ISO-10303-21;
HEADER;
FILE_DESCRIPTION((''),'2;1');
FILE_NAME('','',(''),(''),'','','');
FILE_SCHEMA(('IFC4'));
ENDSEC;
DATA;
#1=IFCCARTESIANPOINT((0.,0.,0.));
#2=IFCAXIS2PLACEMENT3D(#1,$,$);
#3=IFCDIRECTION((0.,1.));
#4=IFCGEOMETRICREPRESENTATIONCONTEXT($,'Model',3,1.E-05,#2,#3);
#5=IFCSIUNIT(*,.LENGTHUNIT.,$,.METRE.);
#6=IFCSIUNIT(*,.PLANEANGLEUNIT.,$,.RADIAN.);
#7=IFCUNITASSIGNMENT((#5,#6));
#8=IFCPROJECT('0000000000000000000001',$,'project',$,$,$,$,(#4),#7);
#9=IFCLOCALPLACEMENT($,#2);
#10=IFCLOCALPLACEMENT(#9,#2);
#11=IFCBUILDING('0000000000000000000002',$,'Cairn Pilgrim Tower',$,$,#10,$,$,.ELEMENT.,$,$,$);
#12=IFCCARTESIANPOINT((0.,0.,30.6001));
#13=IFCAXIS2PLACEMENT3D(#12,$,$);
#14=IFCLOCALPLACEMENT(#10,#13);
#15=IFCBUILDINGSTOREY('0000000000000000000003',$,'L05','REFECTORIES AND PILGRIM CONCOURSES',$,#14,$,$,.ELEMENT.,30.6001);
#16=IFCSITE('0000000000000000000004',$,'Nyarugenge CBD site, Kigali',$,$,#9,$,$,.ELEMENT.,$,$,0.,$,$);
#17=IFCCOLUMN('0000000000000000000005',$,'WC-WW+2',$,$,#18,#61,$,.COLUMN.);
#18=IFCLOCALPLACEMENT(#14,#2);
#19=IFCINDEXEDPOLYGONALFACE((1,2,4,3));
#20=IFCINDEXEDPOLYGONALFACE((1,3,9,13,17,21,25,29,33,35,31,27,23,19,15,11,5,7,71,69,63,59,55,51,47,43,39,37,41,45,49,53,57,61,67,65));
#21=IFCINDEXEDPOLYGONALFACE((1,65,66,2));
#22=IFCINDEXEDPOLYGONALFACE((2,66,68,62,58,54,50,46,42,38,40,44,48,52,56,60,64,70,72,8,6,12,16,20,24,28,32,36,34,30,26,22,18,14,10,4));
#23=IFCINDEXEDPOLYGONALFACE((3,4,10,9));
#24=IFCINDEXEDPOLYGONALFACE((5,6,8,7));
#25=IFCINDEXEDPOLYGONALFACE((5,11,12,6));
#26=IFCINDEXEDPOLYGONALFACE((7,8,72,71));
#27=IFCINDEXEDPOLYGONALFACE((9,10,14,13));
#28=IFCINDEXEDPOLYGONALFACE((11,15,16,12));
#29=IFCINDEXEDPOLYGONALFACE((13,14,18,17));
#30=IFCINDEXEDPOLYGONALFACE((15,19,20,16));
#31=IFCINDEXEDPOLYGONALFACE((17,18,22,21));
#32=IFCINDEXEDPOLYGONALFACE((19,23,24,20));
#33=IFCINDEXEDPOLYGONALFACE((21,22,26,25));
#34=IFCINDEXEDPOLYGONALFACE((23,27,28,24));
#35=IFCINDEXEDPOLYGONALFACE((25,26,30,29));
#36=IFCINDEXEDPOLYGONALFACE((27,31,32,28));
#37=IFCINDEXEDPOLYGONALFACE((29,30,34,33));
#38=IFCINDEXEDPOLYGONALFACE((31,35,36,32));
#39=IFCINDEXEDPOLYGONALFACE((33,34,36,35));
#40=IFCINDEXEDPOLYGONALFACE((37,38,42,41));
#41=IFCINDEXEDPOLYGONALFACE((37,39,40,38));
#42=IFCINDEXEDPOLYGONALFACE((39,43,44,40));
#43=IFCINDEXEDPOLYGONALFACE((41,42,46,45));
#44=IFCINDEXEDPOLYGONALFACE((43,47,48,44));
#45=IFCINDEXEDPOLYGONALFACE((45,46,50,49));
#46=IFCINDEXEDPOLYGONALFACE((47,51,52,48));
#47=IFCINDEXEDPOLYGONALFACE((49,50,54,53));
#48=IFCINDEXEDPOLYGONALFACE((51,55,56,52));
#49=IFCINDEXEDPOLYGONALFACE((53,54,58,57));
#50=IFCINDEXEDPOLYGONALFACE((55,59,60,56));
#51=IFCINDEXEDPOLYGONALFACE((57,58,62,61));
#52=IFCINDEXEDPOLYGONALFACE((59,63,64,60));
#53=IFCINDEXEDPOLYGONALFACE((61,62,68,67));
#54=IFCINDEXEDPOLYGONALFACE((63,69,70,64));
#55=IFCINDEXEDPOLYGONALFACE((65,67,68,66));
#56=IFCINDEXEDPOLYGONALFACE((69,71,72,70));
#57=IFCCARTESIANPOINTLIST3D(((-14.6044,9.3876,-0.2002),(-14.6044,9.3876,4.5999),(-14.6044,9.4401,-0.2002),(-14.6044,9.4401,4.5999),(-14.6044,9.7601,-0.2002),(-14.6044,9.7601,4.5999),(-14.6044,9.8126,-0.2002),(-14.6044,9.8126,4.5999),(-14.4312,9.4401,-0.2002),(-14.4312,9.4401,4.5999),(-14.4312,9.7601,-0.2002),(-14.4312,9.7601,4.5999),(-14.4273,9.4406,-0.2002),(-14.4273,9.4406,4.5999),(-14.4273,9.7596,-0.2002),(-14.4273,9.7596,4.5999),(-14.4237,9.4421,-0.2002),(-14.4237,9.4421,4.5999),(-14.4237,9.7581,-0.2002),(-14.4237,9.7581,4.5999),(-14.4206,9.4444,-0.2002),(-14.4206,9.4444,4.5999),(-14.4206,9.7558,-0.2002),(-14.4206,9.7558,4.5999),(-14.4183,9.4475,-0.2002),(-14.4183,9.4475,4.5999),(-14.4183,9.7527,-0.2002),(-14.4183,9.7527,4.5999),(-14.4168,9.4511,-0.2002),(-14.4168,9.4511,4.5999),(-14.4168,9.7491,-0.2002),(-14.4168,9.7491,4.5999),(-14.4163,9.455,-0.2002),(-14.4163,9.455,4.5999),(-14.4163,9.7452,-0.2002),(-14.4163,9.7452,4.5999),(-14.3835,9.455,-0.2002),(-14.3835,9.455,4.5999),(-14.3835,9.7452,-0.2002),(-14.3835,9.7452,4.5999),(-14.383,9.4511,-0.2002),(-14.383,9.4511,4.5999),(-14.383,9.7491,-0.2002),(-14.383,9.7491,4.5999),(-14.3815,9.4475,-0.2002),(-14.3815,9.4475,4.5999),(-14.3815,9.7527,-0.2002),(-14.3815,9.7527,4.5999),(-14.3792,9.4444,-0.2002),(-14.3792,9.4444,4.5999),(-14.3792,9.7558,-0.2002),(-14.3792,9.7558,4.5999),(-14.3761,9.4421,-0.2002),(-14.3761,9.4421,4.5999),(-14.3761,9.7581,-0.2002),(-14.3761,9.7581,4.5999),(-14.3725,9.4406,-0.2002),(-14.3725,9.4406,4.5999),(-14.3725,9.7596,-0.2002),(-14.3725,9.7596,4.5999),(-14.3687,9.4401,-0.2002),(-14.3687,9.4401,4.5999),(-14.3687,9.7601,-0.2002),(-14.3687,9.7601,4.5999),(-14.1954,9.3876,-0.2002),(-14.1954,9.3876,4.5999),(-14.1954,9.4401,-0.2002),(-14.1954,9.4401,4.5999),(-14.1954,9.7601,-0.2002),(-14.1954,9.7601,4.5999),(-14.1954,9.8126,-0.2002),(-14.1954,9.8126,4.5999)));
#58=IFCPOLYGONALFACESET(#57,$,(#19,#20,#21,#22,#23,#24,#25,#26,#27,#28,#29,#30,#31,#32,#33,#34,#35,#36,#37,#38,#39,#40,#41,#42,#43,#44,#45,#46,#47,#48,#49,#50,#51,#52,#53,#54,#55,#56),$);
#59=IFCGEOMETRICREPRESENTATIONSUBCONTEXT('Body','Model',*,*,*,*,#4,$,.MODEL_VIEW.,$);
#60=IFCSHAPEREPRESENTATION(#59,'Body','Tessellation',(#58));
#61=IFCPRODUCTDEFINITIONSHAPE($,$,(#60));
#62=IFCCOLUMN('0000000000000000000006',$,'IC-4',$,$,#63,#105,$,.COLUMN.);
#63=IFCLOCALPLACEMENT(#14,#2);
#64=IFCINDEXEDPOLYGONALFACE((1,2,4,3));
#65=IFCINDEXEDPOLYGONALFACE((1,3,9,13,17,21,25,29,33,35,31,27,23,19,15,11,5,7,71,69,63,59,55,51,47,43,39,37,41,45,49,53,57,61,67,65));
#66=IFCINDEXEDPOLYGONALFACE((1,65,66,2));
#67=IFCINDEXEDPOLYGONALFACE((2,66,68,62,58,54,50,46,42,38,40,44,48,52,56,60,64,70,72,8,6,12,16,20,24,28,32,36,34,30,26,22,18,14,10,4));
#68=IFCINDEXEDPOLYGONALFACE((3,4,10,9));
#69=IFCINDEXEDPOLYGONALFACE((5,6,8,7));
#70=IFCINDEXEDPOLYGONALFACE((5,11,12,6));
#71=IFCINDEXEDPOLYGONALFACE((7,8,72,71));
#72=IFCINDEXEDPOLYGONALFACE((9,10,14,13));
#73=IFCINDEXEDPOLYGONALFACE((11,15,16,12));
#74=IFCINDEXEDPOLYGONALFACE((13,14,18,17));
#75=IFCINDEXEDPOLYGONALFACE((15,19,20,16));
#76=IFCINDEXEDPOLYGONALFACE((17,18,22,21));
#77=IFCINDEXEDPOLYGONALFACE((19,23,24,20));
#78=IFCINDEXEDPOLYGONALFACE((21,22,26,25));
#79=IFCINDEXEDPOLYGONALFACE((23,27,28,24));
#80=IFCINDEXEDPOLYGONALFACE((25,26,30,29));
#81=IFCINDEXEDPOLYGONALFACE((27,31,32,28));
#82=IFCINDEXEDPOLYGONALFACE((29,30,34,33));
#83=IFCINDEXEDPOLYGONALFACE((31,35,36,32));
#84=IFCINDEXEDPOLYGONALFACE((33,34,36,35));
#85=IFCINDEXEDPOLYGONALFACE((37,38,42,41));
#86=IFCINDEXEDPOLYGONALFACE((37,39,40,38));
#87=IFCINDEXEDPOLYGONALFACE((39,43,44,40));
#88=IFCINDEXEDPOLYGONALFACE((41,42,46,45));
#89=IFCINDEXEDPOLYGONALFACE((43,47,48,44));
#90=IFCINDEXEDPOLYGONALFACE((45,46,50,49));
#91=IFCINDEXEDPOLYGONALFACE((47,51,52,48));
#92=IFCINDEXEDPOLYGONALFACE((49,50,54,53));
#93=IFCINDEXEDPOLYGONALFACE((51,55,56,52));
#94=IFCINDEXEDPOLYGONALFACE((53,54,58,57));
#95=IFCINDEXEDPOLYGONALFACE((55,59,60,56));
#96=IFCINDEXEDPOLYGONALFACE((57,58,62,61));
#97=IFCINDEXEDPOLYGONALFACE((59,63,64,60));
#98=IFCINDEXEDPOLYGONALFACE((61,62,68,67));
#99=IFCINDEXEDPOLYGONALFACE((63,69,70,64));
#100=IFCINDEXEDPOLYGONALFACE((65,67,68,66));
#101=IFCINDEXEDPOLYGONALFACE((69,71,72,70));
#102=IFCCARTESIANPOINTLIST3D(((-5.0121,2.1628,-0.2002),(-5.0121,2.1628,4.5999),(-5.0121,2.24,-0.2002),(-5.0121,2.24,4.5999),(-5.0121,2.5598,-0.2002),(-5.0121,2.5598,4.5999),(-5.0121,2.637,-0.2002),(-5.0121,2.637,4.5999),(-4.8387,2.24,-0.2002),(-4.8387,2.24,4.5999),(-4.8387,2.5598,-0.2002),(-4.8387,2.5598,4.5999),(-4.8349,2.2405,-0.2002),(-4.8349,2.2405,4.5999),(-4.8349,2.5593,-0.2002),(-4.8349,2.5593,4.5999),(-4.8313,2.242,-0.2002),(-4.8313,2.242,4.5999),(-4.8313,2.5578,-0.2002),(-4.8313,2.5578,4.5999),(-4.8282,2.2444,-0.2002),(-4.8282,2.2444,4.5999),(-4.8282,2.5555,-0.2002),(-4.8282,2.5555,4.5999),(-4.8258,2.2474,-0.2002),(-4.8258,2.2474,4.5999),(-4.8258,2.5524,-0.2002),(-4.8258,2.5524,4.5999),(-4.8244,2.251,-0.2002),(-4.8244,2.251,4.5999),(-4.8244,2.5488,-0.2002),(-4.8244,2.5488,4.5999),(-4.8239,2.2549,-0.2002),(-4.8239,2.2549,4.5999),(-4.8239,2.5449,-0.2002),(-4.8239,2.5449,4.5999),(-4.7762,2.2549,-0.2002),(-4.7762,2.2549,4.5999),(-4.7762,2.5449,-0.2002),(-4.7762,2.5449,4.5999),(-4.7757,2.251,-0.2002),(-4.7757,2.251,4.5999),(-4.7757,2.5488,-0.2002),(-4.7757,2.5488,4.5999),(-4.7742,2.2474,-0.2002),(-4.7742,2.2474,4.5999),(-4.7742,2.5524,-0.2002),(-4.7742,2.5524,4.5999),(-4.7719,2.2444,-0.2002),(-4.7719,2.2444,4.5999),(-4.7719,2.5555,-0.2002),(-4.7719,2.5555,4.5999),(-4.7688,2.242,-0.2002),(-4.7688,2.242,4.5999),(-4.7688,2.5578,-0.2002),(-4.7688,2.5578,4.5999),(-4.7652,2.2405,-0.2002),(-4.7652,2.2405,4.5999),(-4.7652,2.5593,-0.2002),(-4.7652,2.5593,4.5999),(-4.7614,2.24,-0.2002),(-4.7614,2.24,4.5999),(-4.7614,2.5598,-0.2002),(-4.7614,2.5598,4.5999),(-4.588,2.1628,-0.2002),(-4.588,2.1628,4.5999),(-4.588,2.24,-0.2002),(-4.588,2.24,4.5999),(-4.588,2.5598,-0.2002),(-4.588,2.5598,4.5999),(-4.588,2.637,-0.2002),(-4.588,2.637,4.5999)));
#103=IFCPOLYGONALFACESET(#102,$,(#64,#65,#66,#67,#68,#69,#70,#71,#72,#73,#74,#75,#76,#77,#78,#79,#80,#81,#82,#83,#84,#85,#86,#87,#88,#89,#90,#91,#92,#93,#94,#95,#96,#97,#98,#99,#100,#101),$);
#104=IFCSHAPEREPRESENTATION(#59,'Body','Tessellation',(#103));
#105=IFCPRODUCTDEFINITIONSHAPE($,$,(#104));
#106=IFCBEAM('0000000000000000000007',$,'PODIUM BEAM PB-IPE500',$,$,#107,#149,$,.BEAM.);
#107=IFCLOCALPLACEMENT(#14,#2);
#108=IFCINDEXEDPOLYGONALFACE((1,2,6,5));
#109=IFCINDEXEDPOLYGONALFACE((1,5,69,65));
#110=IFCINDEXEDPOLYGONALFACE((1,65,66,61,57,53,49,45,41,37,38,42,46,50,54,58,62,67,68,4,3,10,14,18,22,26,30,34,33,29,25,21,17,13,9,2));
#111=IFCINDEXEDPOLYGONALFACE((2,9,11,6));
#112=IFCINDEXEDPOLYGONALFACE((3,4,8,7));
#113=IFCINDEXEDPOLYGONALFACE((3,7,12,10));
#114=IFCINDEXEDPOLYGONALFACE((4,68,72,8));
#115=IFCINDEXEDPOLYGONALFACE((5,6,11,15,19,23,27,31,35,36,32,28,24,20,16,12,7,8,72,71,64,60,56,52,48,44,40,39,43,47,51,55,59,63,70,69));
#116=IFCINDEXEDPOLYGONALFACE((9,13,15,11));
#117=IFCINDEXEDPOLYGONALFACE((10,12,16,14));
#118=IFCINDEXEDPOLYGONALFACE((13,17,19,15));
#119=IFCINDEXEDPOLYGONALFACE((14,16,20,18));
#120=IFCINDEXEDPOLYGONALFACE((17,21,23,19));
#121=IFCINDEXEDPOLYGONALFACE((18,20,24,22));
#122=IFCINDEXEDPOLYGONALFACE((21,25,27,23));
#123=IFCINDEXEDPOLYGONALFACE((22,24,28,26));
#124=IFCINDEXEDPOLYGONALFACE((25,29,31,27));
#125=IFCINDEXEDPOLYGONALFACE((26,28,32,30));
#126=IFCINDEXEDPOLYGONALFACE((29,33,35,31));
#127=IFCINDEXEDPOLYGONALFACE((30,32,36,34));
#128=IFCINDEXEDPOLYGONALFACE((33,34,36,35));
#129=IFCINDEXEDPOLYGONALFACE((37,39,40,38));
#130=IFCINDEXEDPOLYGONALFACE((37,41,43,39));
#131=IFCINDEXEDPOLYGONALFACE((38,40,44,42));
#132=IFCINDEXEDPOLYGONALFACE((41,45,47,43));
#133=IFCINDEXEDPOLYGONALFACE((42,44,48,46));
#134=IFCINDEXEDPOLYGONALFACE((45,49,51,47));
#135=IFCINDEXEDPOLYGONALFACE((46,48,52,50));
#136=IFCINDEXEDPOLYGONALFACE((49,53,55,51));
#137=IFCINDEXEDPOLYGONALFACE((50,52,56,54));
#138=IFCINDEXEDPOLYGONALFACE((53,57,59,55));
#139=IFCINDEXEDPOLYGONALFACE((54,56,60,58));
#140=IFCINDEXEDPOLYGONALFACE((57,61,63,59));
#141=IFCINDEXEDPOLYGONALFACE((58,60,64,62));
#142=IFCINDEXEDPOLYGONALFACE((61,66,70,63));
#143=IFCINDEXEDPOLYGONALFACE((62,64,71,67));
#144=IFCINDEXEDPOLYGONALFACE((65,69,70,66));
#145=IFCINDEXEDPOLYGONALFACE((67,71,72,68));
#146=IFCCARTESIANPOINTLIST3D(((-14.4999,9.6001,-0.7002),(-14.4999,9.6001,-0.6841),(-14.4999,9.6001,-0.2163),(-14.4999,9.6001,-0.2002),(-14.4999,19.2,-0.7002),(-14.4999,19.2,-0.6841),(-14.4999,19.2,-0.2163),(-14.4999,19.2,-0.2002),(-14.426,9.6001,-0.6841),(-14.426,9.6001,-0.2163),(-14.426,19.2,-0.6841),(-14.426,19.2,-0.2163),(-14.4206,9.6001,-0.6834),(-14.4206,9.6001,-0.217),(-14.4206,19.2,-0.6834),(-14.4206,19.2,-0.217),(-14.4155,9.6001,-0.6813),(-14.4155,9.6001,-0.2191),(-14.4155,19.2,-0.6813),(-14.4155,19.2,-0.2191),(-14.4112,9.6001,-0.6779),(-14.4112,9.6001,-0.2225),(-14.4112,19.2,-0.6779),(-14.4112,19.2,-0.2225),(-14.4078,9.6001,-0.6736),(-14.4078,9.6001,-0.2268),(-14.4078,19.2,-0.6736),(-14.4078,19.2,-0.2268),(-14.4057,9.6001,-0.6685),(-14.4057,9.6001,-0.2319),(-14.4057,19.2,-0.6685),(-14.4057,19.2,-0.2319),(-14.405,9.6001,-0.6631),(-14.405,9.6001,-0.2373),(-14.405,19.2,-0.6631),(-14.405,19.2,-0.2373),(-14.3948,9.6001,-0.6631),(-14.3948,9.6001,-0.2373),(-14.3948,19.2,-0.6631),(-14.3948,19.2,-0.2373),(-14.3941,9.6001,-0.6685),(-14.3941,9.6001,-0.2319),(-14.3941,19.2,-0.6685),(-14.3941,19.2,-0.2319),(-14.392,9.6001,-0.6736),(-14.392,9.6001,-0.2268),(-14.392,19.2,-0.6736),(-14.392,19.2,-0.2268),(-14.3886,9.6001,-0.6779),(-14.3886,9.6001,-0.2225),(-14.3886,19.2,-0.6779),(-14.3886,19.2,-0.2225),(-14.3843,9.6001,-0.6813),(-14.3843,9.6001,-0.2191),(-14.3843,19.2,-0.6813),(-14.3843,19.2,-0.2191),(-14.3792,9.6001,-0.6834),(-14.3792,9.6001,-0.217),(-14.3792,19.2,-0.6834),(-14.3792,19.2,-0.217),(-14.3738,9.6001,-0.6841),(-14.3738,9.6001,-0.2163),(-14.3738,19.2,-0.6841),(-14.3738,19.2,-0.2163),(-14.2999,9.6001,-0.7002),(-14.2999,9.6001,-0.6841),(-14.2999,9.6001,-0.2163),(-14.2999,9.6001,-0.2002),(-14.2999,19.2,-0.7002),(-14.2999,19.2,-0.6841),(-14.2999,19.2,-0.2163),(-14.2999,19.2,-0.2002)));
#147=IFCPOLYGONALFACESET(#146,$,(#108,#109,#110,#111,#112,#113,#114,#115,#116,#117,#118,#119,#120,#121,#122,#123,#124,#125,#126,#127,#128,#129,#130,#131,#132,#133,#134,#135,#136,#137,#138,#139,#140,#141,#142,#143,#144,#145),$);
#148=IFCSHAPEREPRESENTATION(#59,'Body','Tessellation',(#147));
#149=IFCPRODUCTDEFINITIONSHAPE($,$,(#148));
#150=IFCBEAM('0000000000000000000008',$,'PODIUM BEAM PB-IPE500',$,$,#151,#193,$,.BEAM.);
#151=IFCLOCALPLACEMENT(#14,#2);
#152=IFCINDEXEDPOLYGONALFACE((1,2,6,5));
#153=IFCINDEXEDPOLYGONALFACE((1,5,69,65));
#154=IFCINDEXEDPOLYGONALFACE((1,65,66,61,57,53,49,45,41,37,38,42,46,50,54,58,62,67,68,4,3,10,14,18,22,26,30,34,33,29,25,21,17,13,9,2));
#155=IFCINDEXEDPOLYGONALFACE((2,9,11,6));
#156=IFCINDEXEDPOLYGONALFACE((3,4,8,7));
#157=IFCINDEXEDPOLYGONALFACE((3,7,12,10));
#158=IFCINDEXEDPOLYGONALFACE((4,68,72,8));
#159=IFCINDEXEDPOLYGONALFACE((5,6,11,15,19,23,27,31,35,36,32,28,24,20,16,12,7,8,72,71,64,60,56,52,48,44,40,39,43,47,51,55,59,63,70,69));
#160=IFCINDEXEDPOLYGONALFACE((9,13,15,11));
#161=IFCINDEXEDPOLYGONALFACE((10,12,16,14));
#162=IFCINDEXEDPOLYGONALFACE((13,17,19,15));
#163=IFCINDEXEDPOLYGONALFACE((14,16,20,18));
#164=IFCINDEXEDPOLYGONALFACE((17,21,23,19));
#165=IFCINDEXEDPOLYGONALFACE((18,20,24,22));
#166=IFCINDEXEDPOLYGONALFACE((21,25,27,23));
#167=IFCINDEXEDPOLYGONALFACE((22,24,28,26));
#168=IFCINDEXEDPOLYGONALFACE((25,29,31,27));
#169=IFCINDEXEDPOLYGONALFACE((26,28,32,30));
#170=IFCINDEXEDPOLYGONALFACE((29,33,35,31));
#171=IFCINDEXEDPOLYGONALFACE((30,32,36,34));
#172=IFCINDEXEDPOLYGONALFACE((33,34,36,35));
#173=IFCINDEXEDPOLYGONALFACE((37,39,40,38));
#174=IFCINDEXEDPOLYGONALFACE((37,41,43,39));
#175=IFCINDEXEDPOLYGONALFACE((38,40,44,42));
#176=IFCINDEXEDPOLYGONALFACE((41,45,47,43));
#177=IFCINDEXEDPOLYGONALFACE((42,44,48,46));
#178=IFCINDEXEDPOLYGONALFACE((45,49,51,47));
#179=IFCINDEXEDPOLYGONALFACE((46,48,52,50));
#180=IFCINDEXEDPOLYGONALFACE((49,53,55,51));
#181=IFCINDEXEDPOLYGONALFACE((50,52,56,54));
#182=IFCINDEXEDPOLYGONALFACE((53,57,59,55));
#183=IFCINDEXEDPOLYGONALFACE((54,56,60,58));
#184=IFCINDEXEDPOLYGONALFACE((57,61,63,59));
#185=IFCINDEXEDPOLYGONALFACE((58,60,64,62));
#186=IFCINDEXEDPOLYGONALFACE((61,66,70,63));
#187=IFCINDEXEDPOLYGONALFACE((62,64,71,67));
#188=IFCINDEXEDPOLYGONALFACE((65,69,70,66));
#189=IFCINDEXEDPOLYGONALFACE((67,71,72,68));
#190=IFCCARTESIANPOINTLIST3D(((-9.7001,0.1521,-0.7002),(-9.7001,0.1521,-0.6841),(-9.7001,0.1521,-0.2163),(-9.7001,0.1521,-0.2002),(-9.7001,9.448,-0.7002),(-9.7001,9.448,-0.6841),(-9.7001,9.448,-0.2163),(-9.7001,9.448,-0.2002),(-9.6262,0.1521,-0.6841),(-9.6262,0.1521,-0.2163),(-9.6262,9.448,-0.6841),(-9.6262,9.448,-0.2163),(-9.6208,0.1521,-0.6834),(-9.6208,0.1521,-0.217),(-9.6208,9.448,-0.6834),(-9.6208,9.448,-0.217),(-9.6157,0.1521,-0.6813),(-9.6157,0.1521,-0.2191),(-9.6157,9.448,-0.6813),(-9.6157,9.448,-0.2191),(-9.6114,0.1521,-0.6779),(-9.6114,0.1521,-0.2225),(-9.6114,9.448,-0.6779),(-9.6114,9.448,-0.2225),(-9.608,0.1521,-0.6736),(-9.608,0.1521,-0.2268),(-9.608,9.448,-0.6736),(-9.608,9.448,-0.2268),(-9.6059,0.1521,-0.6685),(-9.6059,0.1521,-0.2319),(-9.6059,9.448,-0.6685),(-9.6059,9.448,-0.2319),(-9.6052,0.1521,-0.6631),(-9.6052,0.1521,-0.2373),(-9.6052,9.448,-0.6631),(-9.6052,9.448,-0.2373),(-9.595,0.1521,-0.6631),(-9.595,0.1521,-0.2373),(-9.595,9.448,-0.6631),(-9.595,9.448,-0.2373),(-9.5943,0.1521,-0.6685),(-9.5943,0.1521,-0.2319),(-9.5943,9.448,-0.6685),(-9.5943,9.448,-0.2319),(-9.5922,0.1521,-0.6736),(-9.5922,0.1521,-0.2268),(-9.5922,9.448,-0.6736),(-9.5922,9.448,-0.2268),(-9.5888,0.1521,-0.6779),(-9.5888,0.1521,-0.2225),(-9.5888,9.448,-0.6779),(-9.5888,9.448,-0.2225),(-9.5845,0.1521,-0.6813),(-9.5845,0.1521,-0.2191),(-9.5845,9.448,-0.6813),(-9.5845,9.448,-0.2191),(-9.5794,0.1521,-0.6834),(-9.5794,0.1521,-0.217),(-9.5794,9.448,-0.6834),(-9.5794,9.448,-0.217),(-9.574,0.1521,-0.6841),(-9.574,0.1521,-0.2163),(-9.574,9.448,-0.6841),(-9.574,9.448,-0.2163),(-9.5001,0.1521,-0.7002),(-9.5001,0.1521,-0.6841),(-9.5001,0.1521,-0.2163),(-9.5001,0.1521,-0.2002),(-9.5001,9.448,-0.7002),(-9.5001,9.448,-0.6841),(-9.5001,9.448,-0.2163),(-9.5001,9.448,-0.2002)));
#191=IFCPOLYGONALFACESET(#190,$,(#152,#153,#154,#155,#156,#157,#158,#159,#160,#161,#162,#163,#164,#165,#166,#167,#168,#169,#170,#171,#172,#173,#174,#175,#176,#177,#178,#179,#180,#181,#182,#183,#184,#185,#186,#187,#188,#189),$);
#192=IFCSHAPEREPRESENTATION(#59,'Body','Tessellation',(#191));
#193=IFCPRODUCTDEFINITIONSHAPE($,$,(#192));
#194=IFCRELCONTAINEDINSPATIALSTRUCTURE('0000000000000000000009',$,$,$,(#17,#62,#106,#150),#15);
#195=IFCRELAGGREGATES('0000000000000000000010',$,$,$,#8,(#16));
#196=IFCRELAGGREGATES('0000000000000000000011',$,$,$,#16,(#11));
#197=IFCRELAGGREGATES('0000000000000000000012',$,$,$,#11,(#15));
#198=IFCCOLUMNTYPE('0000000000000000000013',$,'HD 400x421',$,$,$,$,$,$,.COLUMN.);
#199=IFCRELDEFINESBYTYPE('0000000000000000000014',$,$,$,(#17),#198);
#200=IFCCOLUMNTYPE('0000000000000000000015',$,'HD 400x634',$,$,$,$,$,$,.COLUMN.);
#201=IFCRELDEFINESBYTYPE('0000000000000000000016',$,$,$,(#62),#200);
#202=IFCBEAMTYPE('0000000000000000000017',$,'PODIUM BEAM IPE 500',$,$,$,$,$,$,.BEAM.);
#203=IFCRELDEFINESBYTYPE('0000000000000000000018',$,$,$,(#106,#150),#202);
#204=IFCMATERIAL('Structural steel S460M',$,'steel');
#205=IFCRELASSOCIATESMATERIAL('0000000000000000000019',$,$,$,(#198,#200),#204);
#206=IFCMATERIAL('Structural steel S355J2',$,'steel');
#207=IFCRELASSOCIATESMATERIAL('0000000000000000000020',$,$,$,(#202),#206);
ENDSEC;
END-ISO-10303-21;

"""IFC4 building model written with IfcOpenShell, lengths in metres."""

from ifc_helpers import new_model, si_unit, direction, frame, origin, origin_2d, place, context, subcontext, project, spatial, i_section, extrude, material, material_profile, profile_set, type_object, element, save


model = new_model("IFC4")

# Units and contexts
model_context = context("Model", 3, precision=1e-05, world=origin(), true_north=direction((0.0, 1.0)))
body_context = subcontext(model_context, "Body", "Model", "MODEL_VIEW")
ifc_project = project(units=[si_unit("LENGTHUNIT", "METRE"), si_unit("PLANEANGLEUNIT", "RADIAN")], contexts=[model_context])

# Site, building, storey
site_placement = place(None, origin())
site = spatial("IfcSite", under=ifc_project, at=site_placement, Name="Nyarugenge CBD site, Kigali", CompositionType="ELEMENT", RefElevation=0.0)
building_placement = place(site_placement, origin())
building = spatial("IfcBuilding", under=site, at=building_placement, Name="Cairn Pilgrim Tower", CompositionType="ELEMENT")
storey_placement = place(building_placement, frame((0.0, 0.0, 30.6001)))
storey = spatial("IfcBuildingStorey", under=building, at=storey_placement, Name="L05", Description="REFECTORIES AND PILGRIM CONCOURSES", CompositionType="ELEMENT", Elevation=30.6001)

# Columns
ifc_material_1 = material(Name="Structural steel S460M", Category="steel")
ifc_material_profile_1 = material_profile(ifc_material_1, i_section(OverallWidth=0.4089, OverallDepth=0.425, WebThickness=0.0327, FlangeThickness=0.0525, FilletRadius=0.0149, at=origin_2d()), Name="HD 400x421")
ifc_profile_set_1 = profile_set([ifc_material_profile_1], Name="Structural steel S460M")
column_type_1 = type_object("IfcColumnType", Name="HD 400x421", PredefinedType="COLUMN", material=ifc_profile_set_1)
column_1_placement = place(storey_placement, frame((-14.3999, 9.6001, -0.2002), z_axis=(0.0, 0.0, 1.0), x_axis=(1.0, 0.0, 0.0)))
element("IfcColumn", 1, at=column_1_placement, inside=storey, type_object=column_type_1, Name="WC-WW+2", PredefinedType="COLUMN", context=body_context, shape_type="SweptSolid", body=[
    extrude(i_section(OverallWidth=0.4089, OverallDepth=0.425, WebThickness=0.0327, FlangeThickness=0.0525, FilletRadius=0.0149, at=origin_2d()), origin(), (0.0, 0.0, 1.0), 4.8),
])
ifc_material_profile_2 = material_profile(ifc_material_1, i_section(OverallWidth=0.4241, OverallDepth=0.4741, WebThickness=0.0476, FlangeThickness=0.0771, FilletRadius=0.0149, at=origin_2d()), Name="HD 400x634")
ifc_profile_set_2 = profile_set([ifc_material_profile_2], Name="Structural steel S460M")
column_type_2 = type_object("IfcColumnType", Name="HD 400x634", PredefinedType="COLUMN", material=ifc_profile_set_2)
column_2_placement = place(storey_placement, frame((-4.8, 2.3999, -0.2002), z_axis=(0.0, 0.0, 1.0), x_axis=(1.0, 0.0, 0.0)))
element("IfcColumn", 2, at=column_2_placement, inside=storey, type_object=column_type_2, Name="IC-4", PredefinedType="COLUMN", context=body_context, shape_type="SweptSolid", body=[
    extrude(i_section(OverallWidth=0.4241, OverallDepth=0.4741, WebThickness=0.0476, FlangeThickness=0.0771, FilletRadius=0.0149, at=origin_2d()), origin(), (0.0, 0.0, 1.0), 4.8),
])

# Beams
ifc_material_2 = material(Name="Structural steel S355J2", Category="steel")
ifc_material_profile_3 = material_profile(ifc_material_2, i_section(OverallWidth=0.2, OverallDepth=0.5, WebThickness=0.0103, FlangeThickness=0.0161, FilletRadius=0.021, at=origin_2d()), Name="IPE 500")
ifc_profile_set_3 = profile_set([ifc_material_profile_3], Name="Structural steel S355J2")
beam_type_1 = type_object("IfcBeamType", Name="PODIUM BEAM IPE 500", PredefinedType="BEAM", material=ifc_profile_set_3)
beam_1_placement = place(storey_placement, frame((-14.3999, 9.6001, -0.4502), z_axis=(0.0, 1.0, 0.0), x_axis=(-1.0, 0.0, 0.0)))
element("IfcBeam", 3, at=beam_1_placement, inside=storey, type_object=beam_type_1, Name="PODIUM BEAM PB-IPE500", PredefinedType="BEAM", context=body_context, shape_type="SweptSolid", body=[
    extrude(i_section(OverallWidth=0.2, OverallDepth=0.5, WebThickness=0.0103, FlangeThickness=0.0161, FilletRadius=0.021, at=origin_2d()), origin(), (0.0, 0.0, 1.0), 9.5999),
])
beam_2_placement = place(storey_placement, frame((-9.6001, 0.1521, -0.4502), z_axis=(0.0, 1.0, 0.0), x_axis=(-1.0, 0.0, 0.0)))
element("IfcBeam", 4, at=beam_2_placement, inside=storey, type_object=beam_type_1, Name="PODIUM BEAM PB-IPE500", PredefinedType="BEAM", context=body_context, shape_type="SweptSolid", body=[
    extrude(i_section(OverallWidth=0.2, OverallDepth=0.5, WebThickness=0.0103, FlangeThickness=0.0161, FilletRadius=0.021, at=origin_2d()), origin(), (0.0, 0.0, 1.0), 9.2959),
])

save(model, "model.ifc")
